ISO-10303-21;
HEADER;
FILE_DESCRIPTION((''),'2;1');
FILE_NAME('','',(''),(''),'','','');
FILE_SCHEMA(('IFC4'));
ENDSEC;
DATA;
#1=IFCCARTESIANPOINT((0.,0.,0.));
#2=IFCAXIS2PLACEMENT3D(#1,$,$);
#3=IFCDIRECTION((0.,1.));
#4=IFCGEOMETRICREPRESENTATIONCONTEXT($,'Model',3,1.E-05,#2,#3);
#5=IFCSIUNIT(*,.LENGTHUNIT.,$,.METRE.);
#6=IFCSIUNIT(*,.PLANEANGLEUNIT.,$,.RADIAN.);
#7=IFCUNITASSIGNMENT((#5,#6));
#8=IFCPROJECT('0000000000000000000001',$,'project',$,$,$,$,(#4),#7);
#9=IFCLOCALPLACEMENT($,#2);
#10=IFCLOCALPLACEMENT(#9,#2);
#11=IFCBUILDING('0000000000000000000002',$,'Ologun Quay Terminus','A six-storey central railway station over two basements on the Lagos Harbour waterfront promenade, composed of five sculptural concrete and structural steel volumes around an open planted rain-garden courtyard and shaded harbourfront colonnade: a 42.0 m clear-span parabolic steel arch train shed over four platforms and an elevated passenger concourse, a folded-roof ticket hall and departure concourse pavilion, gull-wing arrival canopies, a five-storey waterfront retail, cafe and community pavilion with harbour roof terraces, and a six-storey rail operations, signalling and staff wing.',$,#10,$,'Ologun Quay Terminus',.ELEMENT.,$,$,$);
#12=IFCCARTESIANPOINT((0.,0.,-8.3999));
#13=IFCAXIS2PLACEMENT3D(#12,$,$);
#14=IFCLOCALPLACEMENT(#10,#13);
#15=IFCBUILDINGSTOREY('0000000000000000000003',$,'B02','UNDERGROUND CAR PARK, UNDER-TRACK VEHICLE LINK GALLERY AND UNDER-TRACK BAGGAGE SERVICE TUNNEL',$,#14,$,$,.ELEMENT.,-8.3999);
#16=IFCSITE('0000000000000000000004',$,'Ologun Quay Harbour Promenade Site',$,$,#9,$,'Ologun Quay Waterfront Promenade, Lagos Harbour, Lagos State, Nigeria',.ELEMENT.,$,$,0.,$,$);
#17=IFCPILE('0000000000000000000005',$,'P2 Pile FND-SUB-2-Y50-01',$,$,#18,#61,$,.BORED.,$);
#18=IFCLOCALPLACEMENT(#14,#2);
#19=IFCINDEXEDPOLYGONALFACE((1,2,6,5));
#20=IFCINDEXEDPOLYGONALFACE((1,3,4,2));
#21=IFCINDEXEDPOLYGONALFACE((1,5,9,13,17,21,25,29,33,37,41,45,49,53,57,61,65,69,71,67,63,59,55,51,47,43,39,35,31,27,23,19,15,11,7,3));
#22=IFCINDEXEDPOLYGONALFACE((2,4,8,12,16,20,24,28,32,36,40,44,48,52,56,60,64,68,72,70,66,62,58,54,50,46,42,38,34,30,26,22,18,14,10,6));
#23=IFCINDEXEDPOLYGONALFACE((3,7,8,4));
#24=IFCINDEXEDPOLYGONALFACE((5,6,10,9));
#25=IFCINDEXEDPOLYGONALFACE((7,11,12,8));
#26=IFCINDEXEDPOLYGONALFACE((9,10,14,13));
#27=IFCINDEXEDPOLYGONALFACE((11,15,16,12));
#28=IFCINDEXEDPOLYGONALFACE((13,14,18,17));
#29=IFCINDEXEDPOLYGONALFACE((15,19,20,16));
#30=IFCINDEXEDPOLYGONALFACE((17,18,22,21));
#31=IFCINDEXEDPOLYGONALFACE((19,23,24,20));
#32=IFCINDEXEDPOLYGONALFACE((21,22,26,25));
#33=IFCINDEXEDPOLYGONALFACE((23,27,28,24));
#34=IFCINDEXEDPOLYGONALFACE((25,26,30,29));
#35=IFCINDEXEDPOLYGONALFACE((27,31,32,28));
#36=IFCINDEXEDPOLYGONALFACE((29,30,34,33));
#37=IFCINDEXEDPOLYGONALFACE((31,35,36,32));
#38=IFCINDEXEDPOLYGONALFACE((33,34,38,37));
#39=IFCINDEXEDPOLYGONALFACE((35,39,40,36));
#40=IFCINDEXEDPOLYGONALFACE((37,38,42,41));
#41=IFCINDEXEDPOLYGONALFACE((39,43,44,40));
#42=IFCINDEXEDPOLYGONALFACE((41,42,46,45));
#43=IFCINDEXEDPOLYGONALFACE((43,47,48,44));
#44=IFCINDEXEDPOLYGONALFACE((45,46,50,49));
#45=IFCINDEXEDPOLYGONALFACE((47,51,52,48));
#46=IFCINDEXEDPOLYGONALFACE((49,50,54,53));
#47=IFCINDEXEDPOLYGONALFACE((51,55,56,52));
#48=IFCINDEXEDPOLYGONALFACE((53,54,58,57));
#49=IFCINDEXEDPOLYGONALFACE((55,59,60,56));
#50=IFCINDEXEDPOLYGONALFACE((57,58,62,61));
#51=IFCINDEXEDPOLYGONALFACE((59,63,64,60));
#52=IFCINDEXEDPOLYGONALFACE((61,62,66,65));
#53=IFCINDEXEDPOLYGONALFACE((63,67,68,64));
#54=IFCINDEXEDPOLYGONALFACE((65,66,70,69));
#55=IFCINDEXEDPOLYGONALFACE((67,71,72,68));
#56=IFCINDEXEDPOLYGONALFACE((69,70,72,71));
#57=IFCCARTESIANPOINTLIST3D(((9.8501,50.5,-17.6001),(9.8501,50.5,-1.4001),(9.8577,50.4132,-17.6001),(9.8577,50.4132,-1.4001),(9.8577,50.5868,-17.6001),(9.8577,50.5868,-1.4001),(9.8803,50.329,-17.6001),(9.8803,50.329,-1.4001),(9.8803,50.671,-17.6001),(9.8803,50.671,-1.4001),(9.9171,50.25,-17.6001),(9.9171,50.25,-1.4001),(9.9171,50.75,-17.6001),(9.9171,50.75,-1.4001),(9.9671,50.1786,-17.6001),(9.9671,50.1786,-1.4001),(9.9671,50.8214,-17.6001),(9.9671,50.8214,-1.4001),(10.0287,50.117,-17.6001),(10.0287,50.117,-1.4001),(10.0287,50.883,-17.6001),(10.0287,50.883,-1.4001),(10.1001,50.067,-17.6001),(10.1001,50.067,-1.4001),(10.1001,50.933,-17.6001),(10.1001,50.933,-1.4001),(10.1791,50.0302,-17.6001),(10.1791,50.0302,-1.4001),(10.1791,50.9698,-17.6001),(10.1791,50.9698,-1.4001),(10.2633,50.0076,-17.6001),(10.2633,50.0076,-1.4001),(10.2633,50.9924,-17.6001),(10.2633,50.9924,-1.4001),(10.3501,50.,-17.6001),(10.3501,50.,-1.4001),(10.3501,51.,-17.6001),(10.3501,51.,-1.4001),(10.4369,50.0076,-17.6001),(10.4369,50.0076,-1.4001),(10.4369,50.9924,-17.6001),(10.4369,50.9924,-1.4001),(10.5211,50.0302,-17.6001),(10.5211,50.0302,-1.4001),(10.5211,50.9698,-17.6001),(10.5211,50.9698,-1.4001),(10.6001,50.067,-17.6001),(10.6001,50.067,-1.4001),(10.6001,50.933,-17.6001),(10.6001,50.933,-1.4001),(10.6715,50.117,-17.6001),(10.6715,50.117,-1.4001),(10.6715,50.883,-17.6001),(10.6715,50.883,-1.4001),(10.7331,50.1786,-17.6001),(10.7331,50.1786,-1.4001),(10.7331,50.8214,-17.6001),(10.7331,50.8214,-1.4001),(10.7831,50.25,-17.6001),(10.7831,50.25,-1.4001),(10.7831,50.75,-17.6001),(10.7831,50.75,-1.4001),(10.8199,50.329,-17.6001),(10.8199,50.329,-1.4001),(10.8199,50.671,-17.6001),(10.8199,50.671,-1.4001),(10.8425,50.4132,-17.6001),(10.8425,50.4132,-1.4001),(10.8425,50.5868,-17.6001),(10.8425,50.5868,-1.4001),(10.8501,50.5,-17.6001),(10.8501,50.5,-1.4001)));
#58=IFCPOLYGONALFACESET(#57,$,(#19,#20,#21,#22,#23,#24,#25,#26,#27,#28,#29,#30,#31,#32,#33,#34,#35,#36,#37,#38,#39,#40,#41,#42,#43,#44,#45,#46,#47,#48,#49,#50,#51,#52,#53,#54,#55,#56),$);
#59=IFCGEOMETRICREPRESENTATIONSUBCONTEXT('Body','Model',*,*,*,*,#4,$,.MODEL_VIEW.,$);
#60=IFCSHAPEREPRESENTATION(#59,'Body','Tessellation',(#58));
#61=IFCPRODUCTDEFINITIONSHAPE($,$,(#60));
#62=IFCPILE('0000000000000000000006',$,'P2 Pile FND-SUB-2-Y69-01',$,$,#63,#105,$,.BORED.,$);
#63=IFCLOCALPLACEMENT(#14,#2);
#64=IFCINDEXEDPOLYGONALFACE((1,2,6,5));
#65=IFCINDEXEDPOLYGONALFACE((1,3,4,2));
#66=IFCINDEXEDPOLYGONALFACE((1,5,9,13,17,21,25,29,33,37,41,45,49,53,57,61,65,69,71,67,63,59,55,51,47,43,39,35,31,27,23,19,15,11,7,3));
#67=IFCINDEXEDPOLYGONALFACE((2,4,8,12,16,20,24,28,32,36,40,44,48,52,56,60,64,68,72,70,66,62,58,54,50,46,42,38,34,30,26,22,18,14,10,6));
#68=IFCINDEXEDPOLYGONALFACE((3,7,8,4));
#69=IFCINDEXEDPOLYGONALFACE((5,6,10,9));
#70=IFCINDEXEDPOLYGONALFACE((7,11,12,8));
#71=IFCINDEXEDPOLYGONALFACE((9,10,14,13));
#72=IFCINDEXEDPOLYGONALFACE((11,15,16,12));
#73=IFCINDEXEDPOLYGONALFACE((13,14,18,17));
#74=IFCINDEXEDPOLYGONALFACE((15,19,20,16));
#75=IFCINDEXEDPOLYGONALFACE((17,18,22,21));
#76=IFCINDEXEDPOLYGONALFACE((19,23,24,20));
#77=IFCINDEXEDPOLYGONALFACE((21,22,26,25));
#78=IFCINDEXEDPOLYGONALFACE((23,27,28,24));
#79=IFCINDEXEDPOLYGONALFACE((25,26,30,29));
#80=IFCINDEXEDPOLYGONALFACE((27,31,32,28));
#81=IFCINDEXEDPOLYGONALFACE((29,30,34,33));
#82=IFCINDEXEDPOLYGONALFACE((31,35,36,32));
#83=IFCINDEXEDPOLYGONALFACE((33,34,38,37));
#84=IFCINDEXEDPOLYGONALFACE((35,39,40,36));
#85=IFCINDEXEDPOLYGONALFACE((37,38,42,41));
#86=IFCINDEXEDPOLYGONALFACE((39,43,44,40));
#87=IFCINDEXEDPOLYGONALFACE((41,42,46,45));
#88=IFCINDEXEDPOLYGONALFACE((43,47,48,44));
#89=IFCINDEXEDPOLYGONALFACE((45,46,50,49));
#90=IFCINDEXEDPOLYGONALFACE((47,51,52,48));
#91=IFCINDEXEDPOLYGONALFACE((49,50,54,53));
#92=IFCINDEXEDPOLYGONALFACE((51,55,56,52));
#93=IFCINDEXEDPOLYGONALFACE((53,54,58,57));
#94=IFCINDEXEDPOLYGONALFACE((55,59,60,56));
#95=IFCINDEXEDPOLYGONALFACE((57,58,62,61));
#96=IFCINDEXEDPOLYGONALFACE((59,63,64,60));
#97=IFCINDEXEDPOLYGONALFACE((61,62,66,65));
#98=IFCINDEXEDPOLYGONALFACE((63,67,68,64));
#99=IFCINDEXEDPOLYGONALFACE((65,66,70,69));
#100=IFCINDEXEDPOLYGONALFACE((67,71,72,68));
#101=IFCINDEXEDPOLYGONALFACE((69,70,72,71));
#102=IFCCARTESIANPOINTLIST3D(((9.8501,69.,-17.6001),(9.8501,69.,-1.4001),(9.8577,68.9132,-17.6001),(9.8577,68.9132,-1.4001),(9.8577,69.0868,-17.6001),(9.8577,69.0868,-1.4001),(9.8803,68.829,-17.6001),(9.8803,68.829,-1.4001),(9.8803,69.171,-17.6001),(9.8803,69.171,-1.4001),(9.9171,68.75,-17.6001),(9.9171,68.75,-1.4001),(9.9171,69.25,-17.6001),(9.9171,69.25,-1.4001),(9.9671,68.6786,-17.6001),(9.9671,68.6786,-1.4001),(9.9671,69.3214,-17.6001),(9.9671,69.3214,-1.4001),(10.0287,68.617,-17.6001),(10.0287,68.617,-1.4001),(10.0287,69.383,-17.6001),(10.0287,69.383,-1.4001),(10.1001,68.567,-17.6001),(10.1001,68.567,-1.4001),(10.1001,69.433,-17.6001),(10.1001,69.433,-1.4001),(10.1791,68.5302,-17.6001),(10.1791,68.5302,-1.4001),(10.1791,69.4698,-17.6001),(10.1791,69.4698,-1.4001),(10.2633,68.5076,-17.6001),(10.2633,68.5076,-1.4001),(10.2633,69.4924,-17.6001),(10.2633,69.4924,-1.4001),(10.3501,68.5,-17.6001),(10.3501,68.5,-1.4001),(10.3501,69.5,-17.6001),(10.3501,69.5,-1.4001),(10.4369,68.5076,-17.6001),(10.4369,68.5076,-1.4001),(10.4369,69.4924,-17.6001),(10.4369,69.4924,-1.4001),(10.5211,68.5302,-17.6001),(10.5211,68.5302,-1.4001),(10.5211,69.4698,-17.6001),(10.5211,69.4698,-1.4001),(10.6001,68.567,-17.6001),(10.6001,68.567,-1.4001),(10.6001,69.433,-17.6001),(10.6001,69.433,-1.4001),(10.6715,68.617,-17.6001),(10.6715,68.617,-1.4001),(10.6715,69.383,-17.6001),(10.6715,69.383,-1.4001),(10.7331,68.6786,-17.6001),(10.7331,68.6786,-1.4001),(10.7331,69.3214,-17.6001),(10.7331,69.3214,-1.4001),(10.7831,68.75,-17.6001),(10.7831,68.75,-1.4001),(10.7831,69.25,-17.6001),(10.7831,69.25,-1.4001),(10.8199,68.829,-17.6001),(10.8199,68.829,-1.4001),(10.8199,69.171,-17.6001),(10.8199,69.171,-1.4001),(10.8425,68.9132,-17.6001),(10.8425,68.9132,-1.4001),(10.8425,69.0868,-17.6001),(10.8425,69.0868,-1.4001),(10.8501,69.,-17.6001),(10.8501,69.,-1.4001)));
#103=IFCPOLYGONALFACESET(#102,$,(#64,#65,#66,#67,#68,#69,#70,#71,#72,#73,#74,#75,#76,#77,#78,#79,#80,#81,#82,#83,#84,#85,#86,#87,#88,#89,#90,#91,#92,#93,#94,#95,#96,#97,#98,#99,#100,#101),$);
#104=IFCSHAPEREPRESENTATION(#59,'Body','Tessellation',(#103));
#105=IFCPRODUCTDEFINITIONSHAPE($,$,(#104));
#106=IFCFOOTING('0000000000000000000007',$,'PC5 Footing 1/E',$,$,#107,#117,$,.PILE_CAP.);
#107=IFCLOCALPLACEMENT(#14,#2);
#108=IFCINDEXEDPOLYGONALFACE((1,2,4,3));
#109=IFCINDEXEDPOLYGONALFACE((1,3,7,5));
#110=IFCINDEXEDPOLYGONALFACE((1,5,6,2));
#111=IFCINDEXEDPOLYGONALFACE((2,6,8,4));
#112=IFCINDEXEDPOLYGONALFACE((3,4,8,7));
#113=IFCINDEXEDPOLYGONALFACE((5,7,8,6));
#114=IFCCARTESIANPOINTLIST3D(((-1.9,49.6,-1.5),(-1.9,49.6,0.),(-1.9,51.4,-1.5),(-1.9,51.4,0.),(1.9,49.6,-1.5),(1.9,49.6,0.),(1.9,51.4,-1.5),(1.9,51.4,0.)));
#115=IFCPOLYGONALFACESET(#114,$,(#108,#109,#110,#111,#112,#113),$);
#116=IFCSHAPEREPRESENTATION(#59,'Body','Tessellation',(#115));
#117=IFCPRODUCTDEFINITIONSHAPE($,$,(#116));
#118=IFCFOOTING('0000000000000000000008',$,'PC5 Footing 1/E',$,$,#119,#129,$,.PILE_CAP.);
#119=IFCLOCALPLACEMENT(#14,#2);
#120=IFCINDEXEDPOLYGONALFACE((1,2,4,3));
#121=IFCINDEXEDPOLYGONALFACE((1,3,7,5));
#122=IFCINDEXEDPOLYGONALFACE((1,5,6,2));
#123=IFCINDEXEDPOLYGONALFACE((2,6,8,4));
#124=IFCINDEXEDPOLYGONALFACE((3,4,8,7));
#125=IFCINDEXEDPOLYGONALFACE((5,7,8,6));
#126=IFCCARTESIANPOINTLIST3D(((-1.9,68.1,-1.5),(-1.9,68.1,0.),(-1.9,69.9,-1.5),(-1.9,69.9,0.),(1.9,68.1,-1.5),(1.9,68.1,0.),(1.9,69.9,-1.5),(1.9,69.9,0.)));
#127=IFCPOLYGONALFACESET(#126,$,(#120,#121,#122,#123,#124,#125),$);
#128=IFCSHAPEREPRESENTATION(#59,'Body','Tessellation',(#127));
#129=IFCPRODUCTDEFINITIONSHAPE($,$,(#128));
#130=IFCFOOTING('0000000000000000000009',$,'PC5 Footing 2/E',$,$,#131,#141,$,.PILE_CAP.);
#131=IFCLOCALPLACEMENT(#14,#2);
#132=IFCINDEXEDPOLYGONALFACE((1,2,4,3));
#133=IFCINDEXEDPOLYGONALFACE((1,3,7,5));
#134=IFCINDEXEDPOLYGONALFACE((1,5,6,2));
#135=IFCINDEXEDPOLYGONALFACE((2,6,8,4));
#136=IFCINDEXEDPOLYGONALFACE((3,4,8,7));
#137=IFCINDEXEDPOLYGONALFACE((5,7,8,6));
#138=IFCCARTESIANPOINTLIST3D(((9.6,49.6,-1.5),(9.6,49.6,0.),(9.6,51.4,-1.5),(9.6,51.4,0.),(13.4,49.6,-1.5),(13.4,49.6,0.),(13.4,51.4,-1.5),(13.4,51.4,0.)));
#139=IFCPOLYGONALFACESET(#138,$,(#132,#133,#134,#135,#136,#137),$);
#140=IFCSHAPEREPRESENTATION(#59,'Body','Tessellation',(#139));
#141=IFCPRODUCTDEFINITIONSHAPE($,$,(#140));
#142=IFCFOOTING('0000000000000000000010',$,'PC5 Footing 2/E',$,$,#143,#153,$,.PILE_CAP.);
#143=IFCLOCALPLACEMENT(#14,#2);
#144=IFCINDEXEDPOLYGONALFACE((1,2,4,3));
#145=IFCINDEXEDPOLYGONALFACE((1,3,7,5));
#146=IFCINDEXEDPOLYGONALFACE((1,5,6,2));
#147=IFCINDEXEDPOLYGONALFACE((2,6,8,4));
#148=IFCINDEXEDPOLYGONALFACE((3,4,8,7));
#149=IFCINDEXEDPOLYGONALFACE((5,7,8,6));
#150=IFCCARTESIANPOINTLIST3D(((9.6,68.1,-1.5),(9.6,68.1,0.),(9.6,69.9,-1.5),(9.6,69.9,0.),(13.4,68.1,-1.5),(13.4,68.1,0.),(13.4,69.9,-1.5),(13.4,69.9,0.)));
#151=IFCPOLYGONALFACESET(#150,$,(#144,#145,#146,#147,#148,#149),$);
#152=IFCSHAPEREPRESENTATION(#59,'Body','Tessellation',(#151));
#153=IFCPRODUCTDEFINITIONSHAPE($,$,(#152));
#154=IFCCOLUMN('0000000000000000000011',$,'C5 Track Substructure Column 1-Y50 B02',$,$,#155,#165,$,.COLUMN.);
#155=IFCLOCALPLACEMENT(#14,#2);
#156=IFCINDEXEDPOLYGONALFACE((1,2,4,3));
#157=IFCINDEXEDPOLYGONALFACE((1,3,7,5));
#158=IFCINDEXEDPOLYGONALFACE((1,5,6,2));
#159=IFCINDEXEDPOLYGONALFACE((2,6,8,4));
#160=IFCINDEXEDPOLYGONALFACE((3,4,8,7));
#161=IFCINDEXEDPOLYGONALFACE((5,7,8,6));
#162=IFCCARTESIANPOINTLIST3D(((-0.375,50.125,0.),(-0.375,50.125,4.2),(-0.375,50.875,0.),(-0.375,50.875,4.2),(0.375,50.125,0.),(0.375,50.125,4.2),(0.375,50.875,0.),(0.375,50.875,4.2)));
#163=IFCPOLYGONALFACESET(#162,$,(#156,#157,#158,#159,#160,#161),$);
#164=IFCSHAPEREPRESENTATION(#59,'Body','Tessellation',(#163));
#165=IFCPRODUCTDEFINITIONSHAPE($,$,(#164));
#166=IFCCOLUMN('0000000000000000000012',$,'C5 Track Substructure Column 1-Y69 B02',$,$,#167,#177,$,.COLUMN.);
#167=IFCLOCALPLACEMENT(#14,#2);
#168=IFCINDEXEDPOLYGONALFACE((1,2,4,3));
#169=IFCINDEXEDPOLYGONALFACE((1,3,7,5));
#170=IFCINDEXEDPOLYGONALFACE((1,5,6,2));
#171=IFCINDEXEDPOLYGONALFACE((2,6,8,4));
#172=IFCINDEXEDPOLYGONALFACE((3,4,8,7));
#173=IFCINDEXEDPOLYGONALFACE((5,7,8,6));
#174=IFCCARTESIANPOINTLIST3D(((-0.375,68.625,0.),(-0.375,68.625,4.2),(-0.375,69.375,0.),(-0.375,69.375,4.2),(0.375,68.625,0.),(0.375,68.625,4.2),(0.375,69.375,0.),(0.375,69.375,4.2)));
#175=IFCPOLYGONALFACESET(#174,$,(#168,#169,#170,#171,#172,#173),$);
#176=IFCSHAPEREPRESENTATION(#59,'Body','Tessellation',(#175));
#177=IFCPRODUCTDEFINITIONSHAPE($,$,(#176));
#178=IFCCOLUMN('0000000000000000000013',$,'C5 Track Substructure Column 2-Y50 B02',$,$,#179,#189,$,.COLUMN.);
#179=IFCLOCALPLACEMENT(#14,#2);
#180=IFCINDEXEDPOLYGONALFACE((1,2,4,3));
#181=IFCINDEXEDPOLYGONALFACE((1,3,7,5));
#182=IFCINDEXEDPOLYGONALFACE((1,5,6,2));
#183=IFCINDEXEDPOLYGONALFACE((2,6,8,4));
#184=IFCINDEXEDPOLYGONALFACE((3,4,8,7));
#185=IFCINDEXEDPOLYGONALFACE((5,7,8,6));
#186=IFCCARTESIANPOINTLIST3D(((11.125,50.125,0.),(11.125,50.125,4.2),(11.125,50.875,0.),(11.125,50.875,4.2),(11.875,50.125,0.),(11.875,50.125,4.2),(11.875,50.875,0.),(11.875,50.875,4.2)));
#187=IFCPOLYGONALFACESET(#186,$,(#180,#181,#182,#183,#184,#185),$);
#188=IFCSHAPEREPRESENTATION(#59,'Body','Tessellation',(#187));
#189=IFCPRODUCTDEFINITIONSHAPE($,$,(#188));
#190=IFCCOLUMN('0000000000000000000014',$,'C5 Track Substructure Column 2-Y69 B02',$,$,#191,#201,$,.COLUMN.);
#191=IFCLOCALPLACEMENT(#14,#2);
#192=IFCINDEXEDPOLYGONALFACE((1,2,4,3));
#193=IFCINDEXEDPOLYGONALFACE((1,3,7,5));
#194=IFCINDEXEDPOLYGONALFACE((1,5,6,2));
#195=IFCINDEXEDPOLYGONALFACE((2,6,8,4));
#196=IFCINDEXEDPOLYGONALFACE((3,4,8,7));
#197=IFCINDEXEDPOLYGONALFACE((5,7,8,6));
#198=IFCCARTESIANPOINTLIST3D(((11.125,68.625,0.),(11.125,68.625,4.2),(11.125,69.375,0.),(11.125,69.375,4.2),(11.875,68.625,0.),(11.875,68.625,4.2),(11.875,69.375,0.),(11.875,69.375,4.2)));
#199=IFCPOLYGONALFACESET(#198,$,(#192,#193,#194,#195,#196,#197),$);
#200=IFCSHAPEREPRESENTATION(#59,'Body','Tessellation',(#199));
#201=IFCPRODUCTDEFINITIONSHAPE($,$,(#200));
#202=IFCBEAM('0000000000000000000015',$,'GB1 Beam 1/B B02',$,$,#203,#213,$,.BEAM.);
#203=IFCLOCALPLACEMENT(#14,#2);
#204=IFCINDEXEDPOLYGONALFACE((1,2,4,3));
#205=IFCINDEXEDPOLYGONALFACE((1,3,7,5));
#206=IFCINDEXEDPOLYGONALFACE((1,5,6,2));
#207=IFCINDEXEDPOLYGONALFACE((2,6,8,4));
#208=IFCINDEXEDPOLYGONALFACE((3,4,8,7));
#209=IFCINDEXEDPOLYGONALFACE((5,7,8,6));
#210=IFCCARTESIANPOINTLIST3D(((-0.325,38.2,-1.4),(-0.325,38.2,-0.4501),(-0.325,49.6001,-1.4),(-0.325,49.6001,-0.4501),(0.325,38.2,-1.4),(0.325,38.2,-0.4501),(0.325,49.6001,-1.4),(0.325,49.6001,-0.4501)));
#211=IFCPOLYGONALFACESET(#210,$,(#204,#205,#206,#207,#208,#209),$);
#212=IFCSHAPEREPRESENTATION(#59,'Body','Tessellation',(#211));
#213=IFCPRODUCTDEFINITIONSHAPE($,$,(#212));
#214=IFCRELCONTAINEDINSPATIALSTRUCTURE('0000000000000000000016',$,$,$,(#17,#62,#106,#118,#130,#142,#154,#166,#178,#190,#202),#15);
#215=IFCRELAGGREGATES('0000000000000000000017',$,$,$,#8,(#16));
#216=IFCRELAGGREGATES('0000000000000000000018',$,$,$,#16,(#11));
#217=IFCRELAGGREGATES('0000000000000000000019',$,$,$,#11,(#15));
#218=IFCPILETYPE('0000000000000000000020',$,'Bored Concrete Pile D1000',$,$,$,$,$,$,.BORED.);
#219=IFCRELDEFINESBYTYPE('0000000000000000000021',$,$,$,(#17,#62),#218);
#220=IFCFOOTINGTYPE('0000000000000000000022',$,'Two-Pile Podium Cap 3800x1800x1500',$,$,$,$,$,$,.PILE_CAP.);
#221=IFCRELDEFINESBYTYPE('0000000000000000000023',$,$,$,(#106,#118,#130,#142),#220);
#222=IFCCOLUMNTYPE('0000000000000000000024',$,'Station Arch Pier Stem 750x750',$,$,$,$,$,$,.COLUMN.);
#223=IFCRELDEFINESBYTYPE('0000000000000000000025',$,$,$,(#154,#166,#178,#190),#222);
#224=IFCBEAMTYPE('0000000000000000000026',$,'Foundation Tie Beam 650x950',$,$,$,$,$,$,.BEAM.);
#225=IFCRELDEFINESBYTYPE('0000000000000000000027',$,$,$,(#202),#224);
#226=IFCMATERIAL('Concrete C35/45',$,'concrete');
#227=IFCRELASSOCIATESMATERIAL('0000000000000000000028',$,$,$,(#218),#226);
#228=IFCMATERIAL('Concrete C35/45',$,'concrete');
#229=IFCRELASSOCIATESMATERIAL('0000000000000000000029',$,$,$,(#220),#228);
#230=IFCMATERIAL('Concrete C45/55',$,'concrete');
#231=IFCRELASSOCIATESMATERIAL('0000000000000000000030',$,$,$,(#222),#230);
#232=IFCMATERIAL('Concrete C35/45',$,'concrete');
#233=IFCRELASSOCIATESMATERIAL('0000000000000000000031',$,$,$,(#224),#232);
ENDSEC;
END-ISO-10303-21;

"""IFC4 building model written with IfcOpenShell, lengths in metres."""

from ifc_helpers import new_model, si_unit, direction, frame, origin, origin_2d, place, context, subcontext, project, spatial, rectangle, circle, extrude, material, material_profile, profile_set, type_object, element, save


model = new_model("IFC4")

# Units and contexts
model_context = context("Model", 3, precision=1e-05, world=origin(), true_north=direction((0.0, 1.0)))
body_context = subcontext(model_context, "Body", "Model", "MODEL_VIEW")
ifc_project = project(units=[si_unit("LENGTHUNIT", "METRE"), si_unit("PLANEANGLEUNIT", "RADIAN")], contexts=[model_context])

# Site, building, storey
site_placement = place(None, origin())
site = spatial("IfcSite", under=ifc_project, at=site_placement, Name="Ologun Quay Harbour Promenade Site", LongName="Ologun Quay Waterfront Promenade, Lagos Harbour, Lagos State, Nigeria", CompositionType="ELEMENT", RefElevation=0.0)
building_placement = place(site_placement, origin())
building = spatial("IfcBuilding", under=site, at=building_placement, Name="Ologun Quay Terminus", Description="A six-storey central railway station over two basements on the Lagos Harbour waterfront promenade, composed of five sculptural concrete and structural steel volumes around an open planted rain-garden courtyard and shaded harbourfront colonnade: a 42.0 m clear-span parabolic steel arch train shed over four platforms and an elevated passenger concourse, a folded-roof ticket hall and departure concourse pavilion, gull-wing arrival canopies, a five-storey waterfront retail, cafe and community pavilion with harbour roof terraces, and a six-storey rail operations, signalling and staff wing.", LongName="Ologun Quay Terminus", CompositionType="ELEMENT")
storey_placement = place(building_placement, frame((0.0, 0.0, -8.3999)))
storey = spatial("IfcBuildingStorey", under=building, at=storey_placement, Name="B02", Description="UNDERGROUND CAR PARK, UNDER-TRACK VEHICLE LINK GALLERY AND UNDER-TRACK BAGGAGE SERVICE TUNNEL", CompositionType="ELEMENT", Elevation=-8.3999)

# Piles
ifc_material_1 = material(Name="Concrete C35/45", Category="concrete")
ifc_material_profile_1 = material_profile(ifc_material_1, circle(Radius=0.5, at=origin_2d()), Name="PILE D1000")
ifc_profile_set_1 = profile_set([ifc_material_profile_1], Name="Concrete C35/45")
pile_type = type_object("IfcPileType", Name="Bored Concrete Pile D1000", PredefinedType="BORED", material=ifc_profile_set_1)
for number, where, z_axis, x_axis, name in (
    (1, (10.3501, 50.5, -1.4001), (0.0, 0.0, -1.0), (1.0, 0.0, 0.0), "P2 Pile FND-SUB-2-Y50-01"),
    (2, (10.3501, 69.0, -1.4001), (0.0, 0.0, -1.0), (1.0, 0.0, 0.0), "P2 Pile FND-SUB-2-Y69-01"),
):
    element("IfcPile", number, at=place(storey_placement, frame(where, z_axis=z_axis, x_axis=x_axis)), inside=storey, type_object=pile_type, Name=name, PredefinedType="BORED", context=body_context, shape_type="SweptSolid", body=[
        extrude(circle(Radius=0.5, at=origin_2d()), origin(), (0.0, 0.0, 1.0), 16.2),
    ])

# Footings
ifc_material_2 = material(Name="Concrete C35/45", Category="concrete")
footing_type = type_object("IfcFootingType", Name="Two-Pile Podium Cap 3800x1800x1500", PredefinedType="PILE_CAP", material=ifc_material_2)
for number, where, z_axis, x_axis, name in (
    (3, (0.0, 50.5, -1.5), (0.0, 0.0, 1.0), (1.0, 0.0, 0.0), "PC5 Footing 1/E"),
    (4, (0.0, 69.0, -1.5), (0.0, 0.0, 1.0), (1.0, 0.0, 0.0), "PC5 Footing 1/E"),
    (5, (11.5, 50.5, -1.5), (0.0, 0.0, 1.0), (1.0, 0.0, 0.0), "PC5 Footing 2/E"),
    (6, (11.5, 69.0, -1.5), (0.0, 0.0, 1.0), (1.0, 0.0, 0.0), "PC5 Footing 2/E"),
):
    element("IfcFooting", number, at=place(storey_placement, frame(where, z_axis=z_axis, x_axis=x_axis)), inside=storey, type_object=footing_type, Name=name, PredefinedType="PILE_CAP", context=body_context, shape_type="SweptSolid", body=[
        extrude(rectangle(XDim=3.8, YDim=1.8, at=origin_2d()), origin(), (0.0, 0.0, 1.0), 1.5),
    ])

# Columns
ifc_material_3 = material(Name="Concrete C45/55", Category="concrete")
ifc_material_profile_2 = material_profile(ifc_material_3, rectangle(XDim=0.75, YDim=0.75, at=origin_2d()), Name="RC 750x750")
ifc_profile_set_2 = profile_set([ifc_material_profile_2], Name="Concrete C45/55")
column_type = type_object("IfcColumnType", Name="Station Arch Pier Stem 750x750", PredefinedType="COLUMN", material=ifc_profile_set_2)
for number, where, z_axis, x_axis, name in (
    (7, (0.0, 50.5, 0.0), (0.0, 0.0, 1.0), (1.0, 0.0, 0.0), "C5 Track Substructure Column 1-Y50 B02"),
    (8, (0.0, 69.0, 0.0), (0.0, 0.0, 1.0), (1.0, 0.0, 0.0), "C5 Track Substructure Column 1-Y69 B02"),
    (9, (11.5, 50.5, 0.0), (0.0, 0.0, 1.0), (1.0, 0.0, 0.0), "C5 Track Substructure Column 2-Y50 B02"),
    (10, (11.5, 69.0, 0.0), (0.0, 0.0, 1.0), (1.0, 0.0, 0.0), "C5 Track Substructure Column 2-Y69 B02"),
):
    element("IfcColumn", number, at=place(storey_placement, frame(where, z_axis=z_axis, x_axis=x_axis)), inside=storey, type_object=column_type, Name=name, PredefinedType="COLUMN", context=body_context, shape_type="SweptSolid", body=[
        extrude(rectangle(XDim=0.75, YDim=0.75, at=origin_2d()), origin(), (0.0, 0.0, 1.0), 4.2),
    ])

# Beam
ifc_material_4 = material(Name="Concrete C35/45", Category="concrete")
ifc_material_profile_3 = material_profile(ifc_material_4, rectangle(XDim=0.6499, YDim=0.95, at=origin_2d()), Name="RC 650x950")
ifc_profile_set_3 = profile_set([ifc_material_profile_3], Name="Concrete C35/45")
beam_type_1 = type_object("IfcBeamType", Name="Foundation Tie Beam 650x950", PredefinedType="BEAM", material=ifc_profile_set_3)
for number, where, z_axis, x_axis, name in (
    (11, (0.0, 38.2, -0.925), (0.0, 1.0, 0.0), (-1.0, 0.0, 0.0), "GB1 Beam 1/B B02"),
):
    element("IfcBeam", number, at=place(storey_placement, frame(where, z_axis=z_axis, x_axis=x_axis)), inside=storey, type_object=beam_type_1, Name=name, PredefinedType="BEAM", context=body_context, shape_type="SweptSolid", body=[
        extrude(rectangle(XDim=0.6499, YDim=0.95, at=origin_2d()), origin(), (0.0, 0.0, 1.0), 11.4001),
    ])

save(model, "model.ifc")
